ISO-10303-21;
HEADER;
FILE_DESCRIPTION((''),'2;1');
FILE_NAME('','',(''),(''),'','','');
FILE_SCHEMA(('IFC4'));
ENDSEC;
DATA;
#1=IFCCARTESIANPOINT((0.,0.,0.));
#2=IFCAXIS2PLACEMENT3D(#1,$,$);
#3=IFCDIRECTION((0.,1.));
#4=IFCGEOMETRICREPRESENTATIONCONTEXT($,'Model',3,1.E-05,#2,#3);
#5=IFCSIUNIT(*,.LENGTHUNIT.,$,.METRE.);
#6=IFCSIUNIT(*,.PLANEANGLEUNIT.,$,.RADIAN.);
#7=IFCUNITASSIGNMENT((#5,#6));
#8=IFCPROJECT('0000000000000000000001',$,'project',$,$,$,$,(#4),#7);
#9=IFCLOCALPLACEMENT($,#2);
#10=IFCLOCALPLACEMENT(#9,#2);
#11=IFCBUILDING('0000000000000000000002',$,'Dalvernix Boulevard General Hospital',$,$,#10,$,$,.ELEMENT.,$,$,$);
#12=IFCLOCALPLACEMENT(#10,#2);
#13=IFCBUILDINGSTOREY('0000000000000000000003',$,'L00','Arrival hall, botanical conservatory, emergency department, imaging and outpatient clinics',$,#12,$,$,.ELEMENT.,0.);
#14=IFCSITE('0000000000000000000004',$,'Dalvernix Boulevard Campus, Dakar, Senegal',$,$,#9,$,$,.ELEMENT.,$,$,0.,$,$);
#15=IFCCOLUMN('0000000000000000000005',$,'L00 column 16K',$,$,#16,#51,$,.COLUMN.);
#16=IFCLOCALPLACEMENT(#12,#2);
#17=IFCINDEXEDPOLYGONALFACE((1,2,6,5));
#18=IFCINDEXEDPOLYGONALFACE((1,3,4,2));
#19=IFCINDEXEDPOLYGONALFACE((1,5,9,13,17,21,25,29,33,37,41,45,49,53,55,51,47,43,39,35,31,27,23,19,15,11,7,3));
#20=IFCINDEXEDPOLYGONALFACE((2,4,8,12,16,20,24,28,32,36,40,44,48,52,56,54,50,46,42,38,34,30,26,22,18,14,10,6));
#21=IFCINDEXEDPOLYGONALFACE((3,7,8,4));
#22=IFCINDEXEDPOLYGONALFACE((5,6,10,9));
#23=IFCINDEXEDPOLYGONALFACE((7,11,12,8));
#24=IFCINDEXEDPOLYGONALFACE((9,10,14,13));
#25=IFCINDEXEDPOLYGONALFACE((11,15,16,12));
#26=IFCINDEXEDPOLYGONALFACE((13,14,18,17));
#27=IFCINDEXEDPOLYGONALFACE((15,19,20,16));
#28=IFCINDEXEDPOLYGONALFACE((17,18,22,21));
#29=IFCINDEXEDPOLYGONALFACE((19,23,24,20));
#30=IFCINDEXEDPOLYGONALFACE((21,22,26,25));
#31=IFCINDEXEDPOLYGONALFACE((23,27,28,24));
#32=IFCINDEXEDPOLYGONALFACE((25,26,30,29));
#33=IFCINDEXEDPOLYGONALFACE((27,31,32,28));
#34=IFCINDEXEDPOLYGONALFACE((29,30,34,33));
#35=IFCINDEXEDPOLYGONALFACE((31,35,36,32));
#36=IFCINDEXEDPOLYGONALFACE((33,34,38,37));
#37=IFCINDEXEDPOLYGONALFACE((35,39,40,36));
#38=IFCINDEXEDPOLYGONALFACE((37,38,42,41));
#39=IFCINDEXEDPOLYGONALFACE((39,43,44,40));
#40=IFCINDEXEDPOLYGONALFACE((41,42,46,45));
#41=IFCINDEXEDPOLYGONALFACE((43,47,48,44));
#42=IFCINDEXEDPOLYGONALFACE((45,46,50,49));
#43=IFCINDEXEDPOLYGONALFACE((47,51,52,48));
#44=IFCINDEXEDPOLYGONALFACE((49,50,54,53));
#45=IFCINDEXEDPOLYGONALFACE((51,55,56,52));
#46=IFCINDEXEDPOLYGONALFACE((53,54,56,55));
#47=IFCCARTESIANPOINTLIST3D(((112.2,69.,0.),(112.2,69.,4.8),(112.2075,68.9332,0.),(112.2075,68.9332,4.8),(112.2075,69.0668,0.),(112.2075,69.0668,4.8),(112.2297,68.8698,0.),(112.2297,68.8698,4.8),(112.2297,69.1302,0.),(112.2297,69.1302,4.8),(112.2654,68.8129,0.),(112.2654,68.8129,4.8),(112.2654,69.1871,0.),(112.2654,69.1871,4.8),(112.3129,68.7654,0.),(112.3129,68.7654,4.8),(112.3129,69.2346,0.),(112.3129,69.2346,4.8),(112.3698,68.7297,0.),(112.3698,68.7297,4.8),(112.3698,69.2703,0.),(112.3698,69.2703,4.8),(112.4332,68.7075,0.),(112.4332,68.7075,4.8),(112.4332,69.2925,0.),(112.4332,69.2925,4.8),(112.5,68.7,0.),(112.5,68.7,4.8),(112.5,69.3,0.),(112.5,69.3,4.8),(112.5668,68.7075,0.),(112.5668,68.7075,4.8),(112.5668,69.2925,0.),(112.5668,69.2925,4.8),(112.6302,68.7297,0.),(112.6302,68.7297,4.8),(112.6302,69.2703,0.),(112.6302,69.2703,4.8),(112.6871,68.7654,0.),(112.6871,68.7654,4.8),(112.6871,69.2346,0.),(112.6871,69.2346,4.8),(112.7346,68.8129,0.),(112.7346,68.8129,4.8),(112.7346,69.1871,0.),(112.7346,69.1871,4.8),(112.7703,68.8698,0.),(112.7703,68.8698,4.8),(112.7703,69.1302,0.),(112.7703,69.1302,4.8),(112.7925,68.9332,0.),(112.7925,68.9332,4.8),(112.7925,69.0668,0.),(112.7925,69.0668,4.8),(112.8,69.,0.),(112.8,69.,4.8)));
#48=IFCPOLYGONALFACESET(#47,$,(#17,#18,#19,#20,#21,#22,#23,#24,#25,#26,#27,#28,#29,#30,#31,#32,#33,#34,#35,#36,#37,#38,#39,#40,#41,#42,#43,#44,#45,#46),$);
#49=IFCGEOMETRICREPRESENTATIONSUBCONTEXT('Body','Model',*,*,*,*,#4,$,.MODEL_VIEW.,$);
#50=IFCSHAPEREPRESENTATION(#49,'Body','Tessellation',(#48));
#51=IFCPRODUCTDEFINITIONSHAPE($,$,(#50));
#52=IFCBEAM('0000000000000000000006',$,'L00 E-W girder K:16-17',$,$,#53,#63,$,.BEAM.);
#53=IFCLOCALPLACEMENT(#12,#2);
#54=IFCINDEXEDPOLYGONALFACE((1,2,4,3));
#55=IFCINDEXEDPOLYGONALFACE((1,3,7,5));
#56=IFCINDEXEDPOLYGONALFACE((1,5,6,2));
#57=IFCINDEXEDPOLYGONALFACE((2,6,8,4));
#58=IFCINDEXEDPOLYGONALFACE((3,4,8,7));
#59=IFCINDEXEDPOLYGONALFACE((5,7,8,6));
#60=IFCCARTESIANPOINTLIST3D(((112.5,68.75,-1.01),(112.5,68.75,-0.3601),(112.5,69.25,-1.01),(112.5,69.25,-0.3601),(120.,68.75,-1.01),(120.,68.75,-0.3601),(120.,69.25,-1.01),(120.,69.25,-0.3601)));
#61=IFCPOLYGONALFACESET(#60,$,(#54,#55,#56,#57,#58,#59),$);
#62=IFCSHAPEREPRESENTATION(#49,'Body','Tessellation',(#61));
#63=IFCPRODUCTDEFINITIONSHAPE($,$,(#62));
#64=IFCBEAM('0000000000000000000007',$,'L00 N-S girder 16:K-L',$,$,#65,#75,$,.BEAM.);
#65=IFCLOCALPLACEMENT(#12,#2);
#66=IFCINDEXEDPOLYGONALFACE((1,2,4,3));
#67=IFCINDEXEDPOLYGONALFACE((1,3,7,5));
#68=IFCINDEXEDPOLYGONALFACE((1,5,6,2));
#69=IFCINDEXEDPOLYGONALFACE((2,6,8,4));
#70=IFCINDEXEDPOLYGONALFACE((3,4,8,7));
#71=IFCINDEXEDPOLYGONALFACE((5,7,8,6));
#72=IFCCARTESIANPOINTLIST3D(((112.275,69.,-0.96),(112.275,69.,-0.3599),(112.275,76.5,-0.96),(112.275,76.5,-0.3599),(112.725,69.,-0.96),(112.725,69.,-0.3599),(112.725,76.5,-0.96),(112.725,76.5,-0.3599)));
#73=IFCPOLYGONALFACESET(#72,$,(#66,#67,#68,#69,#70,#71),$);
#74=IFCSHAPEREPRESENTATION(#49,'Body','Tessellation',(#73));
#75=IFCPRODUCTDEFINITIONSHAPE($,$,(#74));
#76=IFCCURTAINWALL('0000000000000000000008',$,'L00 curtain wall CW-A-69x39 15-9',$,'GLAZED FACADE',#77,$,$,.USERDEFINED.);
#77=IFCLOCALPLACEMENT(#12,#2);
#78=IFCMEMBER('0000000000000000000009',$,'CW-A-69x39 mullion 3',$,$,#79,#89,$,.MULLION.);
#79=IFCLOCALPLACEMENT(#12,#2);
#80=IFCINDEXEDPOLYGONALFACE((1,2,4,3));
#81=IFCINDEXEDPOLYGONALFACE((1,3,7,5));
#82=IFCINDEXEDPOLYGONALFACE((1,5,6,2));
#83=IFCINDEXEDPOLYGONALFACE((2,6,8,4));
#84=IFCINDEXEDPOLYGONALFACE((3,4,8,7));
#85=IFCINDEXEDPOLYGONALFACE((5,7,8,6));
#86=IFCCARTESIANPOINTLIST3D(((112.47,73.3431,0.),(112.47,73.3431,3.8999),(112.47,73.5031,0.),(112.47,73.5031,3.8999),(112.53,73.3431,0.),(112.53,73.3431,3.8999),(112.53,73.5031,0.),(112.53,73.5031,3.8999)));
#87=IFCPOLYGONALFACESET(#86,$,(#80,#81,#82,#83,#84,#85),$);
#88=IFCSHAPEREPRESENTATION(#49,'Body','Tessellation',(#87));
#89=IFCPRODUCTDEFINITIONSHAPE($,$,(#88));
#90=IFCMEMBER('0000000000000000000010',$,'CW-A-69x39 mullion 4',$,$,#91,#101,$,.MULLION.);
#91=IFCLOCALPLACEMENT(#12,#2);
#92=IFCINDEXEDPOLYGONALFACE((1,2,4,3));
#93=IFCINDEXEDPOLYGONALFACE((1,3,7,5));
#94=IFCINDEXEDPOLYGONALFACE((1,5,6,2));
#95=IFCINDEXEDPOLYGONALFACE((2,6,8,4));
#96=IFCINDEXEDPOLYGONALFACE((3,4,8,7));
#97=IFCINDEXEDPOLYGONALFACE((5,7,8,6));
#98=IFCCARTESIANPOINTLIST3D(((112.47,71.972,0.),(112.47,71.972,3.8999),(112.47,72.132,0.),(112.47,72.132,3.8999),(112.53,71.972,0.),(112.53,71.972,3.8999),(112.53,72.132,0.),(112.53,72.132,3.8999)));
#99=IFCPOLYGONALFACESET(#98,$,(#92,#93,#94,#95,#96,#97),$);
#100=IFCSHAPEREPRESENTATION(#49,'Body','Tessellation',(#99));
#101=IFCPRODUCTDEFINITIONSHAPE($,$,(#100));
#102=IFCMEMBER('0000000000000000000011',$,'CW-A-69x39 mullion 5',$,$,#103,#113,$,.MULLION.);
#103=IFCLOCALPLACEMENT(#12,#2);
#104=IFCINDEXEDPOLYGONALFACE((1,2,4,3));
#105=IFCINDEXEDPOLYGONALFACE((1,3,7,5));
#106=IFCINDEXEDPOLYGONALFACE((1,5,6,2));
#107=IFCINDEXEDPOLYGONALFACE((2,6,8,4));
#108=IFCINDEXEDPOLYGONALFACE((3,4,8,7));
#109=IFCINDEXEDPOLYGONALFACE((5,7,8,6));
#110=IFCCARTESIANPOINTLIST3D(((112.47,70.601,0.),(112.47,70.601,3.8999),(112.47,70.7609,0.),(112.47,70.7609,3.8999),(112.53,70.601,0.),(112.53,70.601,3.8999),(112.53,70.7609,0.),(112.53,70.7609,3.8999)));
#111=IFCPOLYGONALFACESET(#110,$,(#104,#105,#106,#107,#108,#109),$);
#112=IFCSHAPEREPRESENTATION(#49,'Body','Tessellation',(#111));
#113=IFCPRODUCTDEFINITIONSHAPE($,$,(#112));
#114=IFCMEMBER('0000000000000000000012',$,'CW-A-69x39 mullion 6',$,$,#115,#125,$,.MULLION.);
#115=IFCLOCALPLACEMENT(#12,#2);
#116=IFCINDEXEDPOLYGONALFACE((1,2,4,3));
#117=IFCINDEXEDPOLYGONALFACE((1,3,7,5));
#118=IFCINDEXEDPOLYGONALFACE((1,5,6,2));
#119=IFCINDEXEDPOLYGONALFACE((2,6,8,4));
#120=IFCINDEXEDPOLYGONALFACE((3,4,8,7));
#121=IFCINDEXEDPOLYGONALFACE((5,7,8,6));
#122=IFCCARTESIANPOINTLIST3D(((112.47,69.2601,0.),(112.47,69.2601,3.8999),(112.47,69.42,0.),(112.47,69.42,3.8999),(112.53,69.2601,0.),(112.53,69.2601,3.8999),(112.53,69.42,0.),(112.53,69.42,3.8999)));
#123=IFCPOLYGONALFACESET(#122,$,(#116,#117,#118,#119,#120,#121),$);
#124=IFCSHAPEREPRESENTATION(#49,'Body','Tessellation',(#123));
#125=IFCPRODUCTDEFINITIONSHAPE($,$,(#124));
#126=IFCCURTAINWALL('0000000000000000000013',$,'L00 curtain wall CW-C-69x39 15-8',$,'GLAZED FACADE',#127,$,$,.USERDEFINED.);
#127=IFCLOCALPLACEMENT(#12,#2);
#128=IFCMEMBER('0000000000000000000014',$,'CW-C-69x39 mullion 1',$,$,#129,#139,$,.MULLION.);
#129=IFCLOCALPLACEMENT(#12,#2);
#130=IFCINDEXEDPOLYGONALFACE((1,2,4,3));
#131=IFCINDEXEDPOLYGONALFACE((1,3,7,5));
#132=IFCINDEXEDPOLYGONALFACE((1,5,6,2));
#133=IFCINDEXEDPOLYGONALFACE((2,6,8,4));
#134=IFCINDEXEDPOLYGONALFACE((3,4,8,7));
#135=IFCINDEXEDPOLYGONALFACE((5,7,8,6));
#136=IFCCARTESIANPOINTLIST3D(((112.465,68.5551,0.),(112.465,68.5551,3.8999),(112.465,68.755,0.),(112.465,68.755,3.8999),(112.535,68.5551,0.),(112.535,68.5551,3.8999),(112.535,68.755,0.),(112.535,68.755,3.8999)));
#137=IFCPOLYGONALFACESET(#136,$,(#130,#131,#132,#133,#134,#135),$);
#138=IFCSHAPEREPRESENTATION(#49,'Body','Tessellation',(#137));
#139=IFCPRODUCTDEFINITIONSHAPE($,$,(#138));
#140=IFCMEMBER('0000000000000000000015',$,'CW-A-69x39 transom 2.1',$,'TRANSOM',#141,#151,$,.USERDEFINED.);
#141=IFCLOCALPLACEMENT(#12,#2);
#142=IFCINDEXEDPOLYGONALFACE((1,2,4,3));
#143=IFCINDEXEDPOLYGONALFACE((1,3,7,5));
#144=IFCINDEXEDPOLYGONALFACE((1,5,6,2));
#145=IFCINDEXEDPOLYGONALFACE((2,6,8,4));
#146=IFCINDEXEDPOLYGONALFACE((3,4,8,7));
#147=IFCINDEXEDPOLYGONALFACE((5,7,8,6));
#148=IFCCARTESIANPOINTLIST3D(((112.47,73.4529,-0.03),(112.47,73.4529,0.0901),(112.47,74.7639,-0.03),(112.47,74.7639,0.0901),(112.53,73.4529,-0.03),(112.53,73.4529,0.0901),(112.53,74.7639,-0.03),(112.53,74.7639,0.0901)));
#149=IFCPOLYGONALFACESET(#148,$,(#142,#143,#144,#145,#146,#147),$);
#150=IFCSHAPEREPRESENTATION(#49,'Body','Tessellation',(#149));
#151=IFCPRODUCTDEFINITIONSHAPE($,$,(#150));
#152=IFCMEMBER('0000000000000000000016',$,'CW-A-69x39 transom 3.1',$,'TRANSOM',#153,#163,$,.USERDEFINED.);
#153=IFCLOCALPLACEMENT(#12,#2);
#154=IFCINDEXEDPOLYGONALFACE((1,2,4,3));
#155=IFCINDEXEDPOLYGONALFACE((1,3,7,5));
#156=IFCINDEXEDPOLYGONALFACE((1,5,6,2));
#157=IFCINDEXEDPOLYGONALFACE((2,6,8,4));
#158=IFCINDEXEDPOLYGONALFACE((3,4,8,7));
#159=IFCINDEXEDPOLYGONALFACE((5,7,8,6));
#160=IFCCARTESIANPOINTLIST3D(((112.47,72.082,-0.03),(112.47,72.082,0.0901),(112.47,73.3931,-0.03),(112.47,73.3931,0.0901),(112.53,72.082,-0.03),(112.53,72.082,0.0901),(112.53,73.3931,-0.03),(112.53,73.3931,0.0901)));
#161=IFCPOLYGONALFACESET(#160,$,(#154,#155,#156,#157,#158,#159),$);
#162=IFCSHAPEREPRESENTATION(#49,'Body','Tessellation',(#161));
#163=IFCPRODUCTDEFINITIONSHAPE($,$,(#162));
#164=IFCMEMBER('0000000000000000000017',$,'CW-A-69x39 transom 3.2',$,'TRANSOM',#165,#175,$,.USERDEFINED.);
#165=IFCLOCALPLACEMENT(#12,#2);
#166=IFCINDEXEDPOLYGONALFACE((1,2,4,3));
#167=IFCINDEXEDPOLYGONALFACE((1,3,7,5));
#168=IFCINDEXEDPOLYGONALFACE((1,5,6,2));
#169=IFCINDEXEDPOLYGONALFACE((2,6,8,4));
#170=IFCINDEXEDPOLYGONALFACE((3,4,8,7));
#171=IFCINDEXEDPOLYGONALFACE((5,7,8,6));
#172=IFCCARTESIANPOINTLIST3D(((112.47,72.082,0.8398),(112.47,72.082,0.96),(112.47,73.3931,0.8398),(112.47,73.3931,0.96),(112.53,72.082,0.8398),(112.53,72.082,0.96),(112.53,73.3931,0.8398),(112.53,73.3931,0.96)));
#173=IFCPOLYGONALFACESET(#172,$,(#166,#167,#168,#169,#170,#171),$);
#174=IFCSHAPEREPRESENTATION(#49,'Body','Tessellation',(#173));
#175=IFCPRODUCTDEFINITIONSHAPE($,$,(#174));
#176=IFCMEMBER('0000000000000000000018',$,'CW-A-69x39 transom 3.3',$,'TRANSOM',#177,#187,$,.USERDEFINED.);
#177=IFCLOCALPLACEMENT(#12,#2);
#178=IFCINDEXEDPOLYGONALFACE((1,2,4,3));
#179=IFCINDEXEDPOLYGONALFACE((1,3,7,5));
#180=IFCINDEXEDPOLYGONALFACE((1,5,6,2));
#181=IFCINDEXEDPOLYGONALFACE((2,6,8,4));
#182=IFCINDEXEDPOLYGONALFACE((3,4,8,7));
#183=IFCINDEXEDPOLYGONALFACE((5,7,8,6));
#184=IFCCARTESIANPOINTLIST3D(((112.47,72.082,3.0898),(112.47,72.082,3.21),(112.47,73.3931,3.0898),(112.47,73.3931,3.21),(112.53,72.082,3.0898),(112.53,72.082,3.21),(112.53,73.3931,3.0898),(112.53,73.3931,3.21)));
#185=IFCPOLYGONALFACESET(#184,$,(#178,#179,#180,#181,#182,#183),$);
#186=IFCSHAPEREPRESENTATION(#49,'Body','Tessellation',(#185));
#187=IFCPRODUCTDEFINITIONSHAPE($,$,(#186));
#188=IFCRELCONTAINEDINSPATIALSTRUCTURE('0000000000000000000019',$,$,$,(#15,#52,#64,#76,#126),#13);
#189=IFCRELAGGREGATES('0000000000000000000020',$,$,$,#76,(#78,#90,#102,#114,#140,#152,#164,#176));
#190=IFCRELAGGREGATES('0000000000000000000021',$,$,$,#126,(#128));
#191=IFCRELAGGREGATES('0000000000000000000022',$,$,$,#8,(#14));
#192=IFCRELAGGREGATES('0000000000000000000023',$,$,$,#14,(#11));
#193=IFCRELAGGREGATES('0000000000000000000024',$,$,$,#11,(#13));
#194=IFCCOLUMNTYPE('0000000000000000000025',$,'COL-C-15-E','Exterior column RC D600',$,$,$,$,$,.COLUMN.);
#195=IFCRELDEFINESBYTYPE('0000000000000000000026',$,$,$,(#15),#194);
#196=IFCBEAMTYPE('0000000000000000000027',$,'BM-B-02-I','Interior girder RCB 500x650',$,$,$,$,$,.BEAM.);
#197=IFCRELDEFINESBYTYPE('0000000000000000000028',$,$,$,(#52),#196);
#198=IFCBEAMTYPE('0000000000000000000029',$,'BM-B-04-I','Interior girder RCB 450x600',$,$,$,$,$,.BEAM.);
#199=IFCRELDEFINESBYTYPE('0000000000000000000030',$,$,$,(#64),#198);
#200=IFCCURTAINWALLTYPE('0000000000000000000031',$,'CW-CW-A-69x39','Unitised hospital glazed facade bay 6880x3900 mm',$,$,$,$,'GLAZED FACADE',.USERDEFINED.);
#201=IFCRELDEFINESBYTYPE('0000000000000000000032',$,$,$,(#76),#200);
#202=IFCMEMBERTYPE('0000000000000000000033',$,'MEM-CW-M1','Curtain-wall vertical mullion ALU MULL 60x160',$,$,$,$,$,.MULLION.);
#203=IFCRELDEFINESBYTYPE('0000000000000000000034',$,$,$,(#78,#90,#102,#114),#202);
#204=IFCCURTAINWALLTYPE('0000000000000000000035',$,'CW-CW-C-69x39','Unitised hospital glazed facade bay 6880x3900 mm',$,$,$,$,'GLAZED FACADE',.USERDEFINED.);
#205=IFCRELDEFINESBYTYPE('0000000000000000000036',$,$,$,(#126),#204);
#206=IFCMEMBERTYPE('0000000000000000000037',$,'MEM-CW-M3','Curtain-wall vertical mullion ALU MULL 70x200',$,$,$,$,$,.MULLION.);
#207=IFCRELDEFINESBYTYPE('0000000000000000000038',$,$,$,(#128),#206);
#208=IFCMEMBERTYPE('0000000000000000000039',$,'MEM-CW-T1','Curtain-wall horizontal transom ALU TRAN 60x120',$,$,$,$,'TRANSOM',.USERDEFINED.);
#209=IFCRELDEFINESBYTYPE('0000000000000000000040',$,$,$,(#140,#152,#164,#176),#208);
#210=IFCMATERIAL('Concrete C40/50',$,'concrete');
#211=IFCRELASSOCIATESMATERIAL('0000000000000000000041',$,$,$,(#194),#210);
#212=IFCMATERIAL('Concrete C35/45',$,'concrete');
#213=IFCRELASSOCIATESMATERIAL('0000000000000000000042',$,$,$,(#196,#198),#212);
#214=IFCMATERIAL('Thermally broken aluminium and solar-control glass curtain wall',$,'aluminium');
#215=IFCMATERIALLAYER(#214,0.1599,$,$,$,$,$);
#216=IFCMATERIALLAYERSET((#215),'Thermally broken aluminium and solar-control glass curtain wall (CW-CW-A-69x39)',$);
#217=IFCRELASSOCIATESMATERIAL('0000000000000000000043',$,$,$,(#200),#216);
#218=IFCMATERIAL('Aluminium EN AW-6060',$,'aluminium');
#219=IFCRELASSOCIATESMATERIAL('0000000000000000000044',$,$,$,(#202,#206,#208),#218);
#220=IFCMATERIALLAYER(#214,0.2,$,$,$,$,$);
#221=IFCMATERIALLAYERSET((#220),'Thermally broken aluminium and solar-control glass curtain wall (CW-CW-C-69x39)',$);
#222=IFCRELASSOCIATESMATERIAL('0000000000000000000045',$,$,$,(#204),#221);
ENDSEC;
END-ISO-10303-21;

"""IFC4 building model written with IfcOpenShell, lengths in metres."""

from ifc_helpers import new_model, si_unit, direction, frame, origin, origin_2d, place, context, subcontext, project, spatial, rectangle, circle, extrude, material, layer, layer_set, material_profile, profile_set, type_object, element, aggregate, save


model = new_model("IFC4")

# Units and contexts
model_context = context("Model", 3, precision=1e-05, world=origin(), true_north=direction((0.0, 1.0)))
body_context = subcontext(model_context, "Body", "Model", "MODEL_VIEW")
ifc_project = project(units=[si_unit("LENGTHUNIT", "METRE"), si_unit("PLANEANGLEUNIT", "RADIAN")], contexts=[model_context])

# Site, building, storey
site_placement = place(None, origin())
site = spatial("IfcSite", under=ifc_project, at=site_placement, Name="Dalvernix Boulevard Campus, Dakar, Senegal", CompositionType="ELEMENT", RefElevation=0.0)
building_placement = place(site_placement, origin())
building = spatial("IfcBuilding", under=site, at=building_placement, Name="Dalvernix Boulevard General Hospital", CompositionType="ELEMENT")
storey_placement = place(building_placement, origin())
storey = spatial("IfcBuildingStorey", under=building, at=storey_placement, Name="L00", Description="Arrival hall, botanical conservatory, emergency department, imaging and outpatient clinics", CompositionType="ELEMENT", Elevation=0.0)

# Column
ifc_material_1 = material(Name="Concrete C40/50", Category="concrete")
ifc_material_profile_1 = material_profile(ifc_material_1, circle(Radius=0.3, at=origin_2d()), Name="RC D600")
ifc_profile_set_1 = profile_set([ifc_material_profile_1], Name="Concrete C40/50")
column_type = type_object("IfcColumnType", Name="COL-C-15-E", Description="Exterior column RC D600", PredefinedType="COLUMN", material=ifc_profile_set_1)
column_placement = place(storey_placement, frame((112.5, 69.0, 0.0), z_axis=(0.0, 0.0, 1.0), x_axis=(1.0, 0.0, 0.0)))
element("IfcColumn", 1, at=column_placement, inside=storey, type_object=column_type, Name="L00 column 16K", PredefinedType="COLUMN", context=body_context, shape_type="SweptSolid", body=[
    extrude(circle(Radius=0.3, at=origin_2d()), origin(), (0.0, 0.0, 1.0), 4.8),
])

# Beams
ifc_material_2 = material(Name="Concrete C35/45", Category="concrete")
ifc_material_profile_2 = material_profile(ifc_material_2, rectangle(XDim=0.5, YDim=0.6499, at=origin_2d()), Name="RCB 500x650")
ifc_profile_set_2 = profile_set([ifc_material_profile_2], Name="Concrete C35/45")
beam_type_1 = type_object("IfcBeamType", Name="BM-B-02-I", Description="Interior girder RCB 500x650", PredefinedType="BEAM", material=ifc_profile_set_2)
beam_1_placement = place(storey_placement, frame((112.5, 69.0, -0.6851), z_axis=(1.0, 0.0, 0.0), x_axis=(0.0, 1.0, 0.0)))
element("IfcBeam", 2, at=beam_1_placement, inside=storey, type_object=beam_type_1, Name="L00 E-W girder K:16-17", PredefinedType="BEAM", context=body_context, shape_type="SweptSolid", body=[
    extrude(rectangle(XDim=0.5, YDim=0.6499, at=origin_2d()), origin(), (0.0, 0.0, 1.0), 7.5),
])
ifc_material_profile_3 = material_profile(ifc_material_2, rectangle(XDim=0.45, YDim=0.6001, at=origin_2d()), Name="RCB 450x600")
ifc_profile_set_3 = profile_set([ifc_material_profile_3], Name="Concrete C35/45")
beam_type_2 = type_object("IfcBeamType", Name="BM-B-04-I", Description="Interior girder RCB 450x600", PredefinedType="BEAM", material=ifc_profile_set_3)
beam_2_placement = place(storey_placement, frame((112.5, 69.0, -0.6599), z_axis=(0.0, 1.0, 0.0), x_axis=(-1.0, 0.0, 0.0)))
element("IfcBeam", 3, at=beam_2_placement, inside=storey, type_object=beam_type_2, Name="L00 N-S girder 16:K-L", PredefinedType="BEAM", context=body_context, shape_type="SweptSolid", body=[
    extrude(rectangle(XDim=0.45, YDim=0.6001, at=origin_2d()), origin(), (0.0, 0.0, 1.0), 7.5),
])

# Curtain wall, members
ifc_material_3 = material(Name="Thermally broken aluminium and solar-control glass curtain wall", Category="aluminium")
ifc_layer_1 = layer(ifc_material_3, 0.1599)
ifc_layer_set_1 = layer_set([ifc_layer_1], Name="Thermally broken aluminium and solar-control glass curtain wall (CW-CW-A-69x39)")
curtain_wall_type_1 = type_object("IfcCurtainWallType", Name="CW-CW-A-69x39", Description="Unitised hospital glazed facade bay 6880x3900 mm", ElementType="GLAZED FACADE", PredefinedType="USERDEFINED", material=ifc_layer_set_1)
curtain_wall_1_placement = place(storey_placement, origin())
curtain_wall_1 = element("IfcCurtainWall", 4, at=curtain_wall_1_placement, inside=storey, type_object=curtain_wall_type_1, Name="L00 curtain wall CW-A-69x39 15-9", ObjectType="GLAZED FACADE", PredefinedType="USERDEFINED")
ifc_material_4 = material(Name="Aluminium EN AW-6060", Category="aluminium")
ifc_material_profile_4 = material_profile(ifc_material_4, rectangle(XDim=0.0601, YDim=0.1599, at=origin_2d()), Name="ALU MULL 60x160")
ifc_profile_set_4 = profile_set([ifc_material_profile_4], Name="Aluminium EN AW-6060")
member_type_1 = type_object("IfcMemberType", Name="MEM-CW-M1", Description="Curtain-wall vertical mullion ALU MULL 60x160", PredefinedType="MULLION", material=ifc_profile_set_4)
member_1_placement = place(storey_placement, frame((112.5, 73.4231, 0.0), z_axis=(0.0, 0.0, 1.0), x_axis=(1.0, 0.0, 0.0)))
member_1 = element("IfcMember", 5, at=member_1_placement, type_object=member_type_1, Name="CW-A-69x39 mullion 3", PredefinedType="MULLION", context=body_context, shape_type="SweptSolid", body=[
    extrude(rectangle(XDim=0.0601, YDim=0.1599, at=origin_2d()), origin(), (0.0, 0.0, 1.0), 3.8999),
])
member_2_placement = place(storey_placement, frame((112.5, 72.052, 0.0), z_axis=(0.0, 0.0, 1.0), x_axis=(1.0, 0.0, 0.0)))
member_2 = element("IfcMember", 6, at=member_2_placement, type_object=member_type_1, Name="CW-A-69x39 mullion 4", PredefinedType="MULLION", context=body_context, shape_type="SweptSolid", body=[
    extrude(rectangle(XDim=0.0601, YDim=0.1599, at=origin_2d()), origin(), (0.0, 0.0, 1.0), 3.8999),
])
member_3_placement = place(storey_placement, frame((112.5, 70.6809, 0.0), z_axis=(0.0, 0.0, 1.0), x_axis=(1.0, 0.0, 0.0)))
member_3 = element("IfcMember", 7, at=member_3_placement, type_object=member_type_1, Name="CW-A-69x39 mullion 5", PredefinedType="MULLION", context=body_context, shape_type="SweptSolid", body=[
    extrude(rectangle(XDim=0.0601, YDim=0.1599, at=origin_2d()), origin(), (0.0, 0.0, 1.0), 3.8999),
])
member_4_placement = place(storey_placement, frame((112.5, 69.3401, 0.0), z_axis=(0.0, 0.0, 1.0), x_axis=(1.0, 0.0, 0.0)))
member_4 = element("IfcMember", 8, at=member_4_placement, type_object=member_type_1, Name="CW-A-69x39 mullion 6", PredefinedType="MULLION", context=body_context, shape_type="SweptSolid", body=[
    extrude(rectangle(XDim=0.0601, YDim=0.1599, at=origin_2d()), origin(), (0.0, 0.0, 1.0), 3.8999),
])

# Curtain wall, member
ifc_layer_2 = layer(ifc_material_3, 0.2)
ifc_layer_set_2 = layer_set([ifc_layer_2], Name="Thermally broken aluminium and solar-control glass curtain wall (CW-CW-C-69x39)")
curtain_wall_type_2 = type_object("IfcCurtainWallType", Name="CW-CW-C-69x39", Description="Unitised hospital glazed facade bay 6880x3900 mm", ElementType="GLAZED FACADE", PredefinedType="USERDEFINED", material=ifc_layer_set_2)
curtain_wall_2_placement = place(storey_placement, origin())
curtain_wall_2 = element("IfcCurtainWall", 9, at=curtain_wall_2_placement, inside=storey, type_object=curtain_wall_type_2, Name="L00 curtain wall CW-C-69x39 15-8", ObjectType="GLAZED FACADE", PredefinedType="USERDEFINED")
ifc_material_profile_5 = material_profile(ifc_material_4, rectangle(XDim=0.0701, YDim=0.2, at=origin_2d()), Name="ALU MULL 70x200")
ifc_profile_set_5 = profile_set([ifc_material_profile_5], Name="Aluminium EN AW-6060")
member_type_2 = type_object("IfcMemberType", Name="MEM-CW-M3", Description="Curtain-wall vertical mullion ALU MULL 70x200", PredefinedType="MULLION", material=ifc_profile_set_5)
member_5_placement = place(storey_placement, frame((112.5, 68.655, 0.0), z_axis=(0.0, 0.0, 1.0), x_axis=(1.0, 0.0, 0.0)))
member_5 = element("IfcMember", 10, at=member_5_placement, type_object=member_type_2, Name="CW-C-69x39 mullion 1", PredefinedType="MULLION", context=body_context, shape_type="SweptSolid", body=[
    extrude(rectangle(XDim=0.0701, YDim=0.2, at=origin_2d()), origin(), (0.0, 0.0, 1.0), 3.8999),
])

# Members
ifc_material_profile_6 = material_profile(ifc_material_4, rectangle(XDim=0.0601, YDim=0.1201, at=origin_2d()), Name="ALU TRAN 60x120")
ifc_profile_set_6 = profile_set([ifc_material_profile_6], Name="Aluminium EN AW-6060")
member_type_3 = type_object("IfcMemberType", Name="MEM-CW-T1", Description="Curtain-wall horizontal transom ALU TRAN 60x120", ElementType="TRANSOM", PredefinedType="USERDEFINED", material=ifc_profile_set_6)
member_6_placement = place(storey_placement, frame((112.5, 74.7639, 0.03), z_axis=(0.0, -1.0, 0.0), x_axis=(1.0, 0.0, 0.0)))
member_6 = element("IfcMember", 11, at=member_6_placement, type_object=member_type_3, Name="CW-A-69x39 transom 2.1", ObjectType="TRANSOM", PredefinedType="USERDEFINED", context=body_context, shape_type="SweptSolid", body=[
    extrude(rectangle(XDim=0.0601, YDim=0.1201, at=origin_2d()), origin(), (0.0, 0.0, 1.0), 1.311),
])
member_7_placement = place(storey_placement, frame((112.5, 73.3931, 0.03), z_axis=(0.0, -1.0, 0.0), x_axis=(1.0, 0.0, 0.0)))
member_7 = element("IfcMember", 12, at=member_7_placement, type_object=member_type_3, Name="CW-A-69x39 transom 3.1", ObjectType="TRANSOM", PredefinedType="USERDEFINED", context=body_context, shape_type="SweptSolid", body=[
    extrude(rectangle(XDim=0.0601, YDim=0.1201, at=origin_2d()), origin(), (0.0, 0.0, 1.0), 1.311),
])
member_8_placement = place(storey_placement, frame((112.5, 73.3931, 0.8999), z_axis=(0.0, -1.0, 0.0), x_axis=(1.0, 0.0, 0.0)))
member_8 = element("IfcMember", 13, at=member_8_placement, type_object=member_type_3, Name="CW-A-69x39 transom 3.2", ObjectType="TRANSOM", PredefinedType="USERDEFINED", context=body_context, shape_type="SweptSolid", body=[
    extrude(rectangle(XDim=0.0601, YDim=0.1201, at=origin_2d()), origin(), (0.0, 0.0, 1.0), 1.311),
])
member_9_placement = place(storey_placement, frame((112.5, 73.3931, 3.1499), z_axis=(0.0, -1.0, 0.0), x_axis=(1.0, 0.0, 0.0)))
member_9 = element("IfcMember", 14, at=member_9_placement, type_object=member_type_3, Name="CW-A-69x39 transom 3.3", ObjectType="TRANSOM", PredefinedType="USERDEFINED", context=body_context, shape_type="SweptSolid", body=[
    extrude(rectangle(XDim=0.0601, YDim=0.1201, at=origin_2d()), origin(), (0.0, 0.0, 1.0), 1.311),
])

aggregate(curtain_wall_1, [member_1, member_2, member_3, member_4, member_6, member_7, member_8, member_9])
aggregate(curtain_wall_2, [member_5])

save(model, "model.ifc")
